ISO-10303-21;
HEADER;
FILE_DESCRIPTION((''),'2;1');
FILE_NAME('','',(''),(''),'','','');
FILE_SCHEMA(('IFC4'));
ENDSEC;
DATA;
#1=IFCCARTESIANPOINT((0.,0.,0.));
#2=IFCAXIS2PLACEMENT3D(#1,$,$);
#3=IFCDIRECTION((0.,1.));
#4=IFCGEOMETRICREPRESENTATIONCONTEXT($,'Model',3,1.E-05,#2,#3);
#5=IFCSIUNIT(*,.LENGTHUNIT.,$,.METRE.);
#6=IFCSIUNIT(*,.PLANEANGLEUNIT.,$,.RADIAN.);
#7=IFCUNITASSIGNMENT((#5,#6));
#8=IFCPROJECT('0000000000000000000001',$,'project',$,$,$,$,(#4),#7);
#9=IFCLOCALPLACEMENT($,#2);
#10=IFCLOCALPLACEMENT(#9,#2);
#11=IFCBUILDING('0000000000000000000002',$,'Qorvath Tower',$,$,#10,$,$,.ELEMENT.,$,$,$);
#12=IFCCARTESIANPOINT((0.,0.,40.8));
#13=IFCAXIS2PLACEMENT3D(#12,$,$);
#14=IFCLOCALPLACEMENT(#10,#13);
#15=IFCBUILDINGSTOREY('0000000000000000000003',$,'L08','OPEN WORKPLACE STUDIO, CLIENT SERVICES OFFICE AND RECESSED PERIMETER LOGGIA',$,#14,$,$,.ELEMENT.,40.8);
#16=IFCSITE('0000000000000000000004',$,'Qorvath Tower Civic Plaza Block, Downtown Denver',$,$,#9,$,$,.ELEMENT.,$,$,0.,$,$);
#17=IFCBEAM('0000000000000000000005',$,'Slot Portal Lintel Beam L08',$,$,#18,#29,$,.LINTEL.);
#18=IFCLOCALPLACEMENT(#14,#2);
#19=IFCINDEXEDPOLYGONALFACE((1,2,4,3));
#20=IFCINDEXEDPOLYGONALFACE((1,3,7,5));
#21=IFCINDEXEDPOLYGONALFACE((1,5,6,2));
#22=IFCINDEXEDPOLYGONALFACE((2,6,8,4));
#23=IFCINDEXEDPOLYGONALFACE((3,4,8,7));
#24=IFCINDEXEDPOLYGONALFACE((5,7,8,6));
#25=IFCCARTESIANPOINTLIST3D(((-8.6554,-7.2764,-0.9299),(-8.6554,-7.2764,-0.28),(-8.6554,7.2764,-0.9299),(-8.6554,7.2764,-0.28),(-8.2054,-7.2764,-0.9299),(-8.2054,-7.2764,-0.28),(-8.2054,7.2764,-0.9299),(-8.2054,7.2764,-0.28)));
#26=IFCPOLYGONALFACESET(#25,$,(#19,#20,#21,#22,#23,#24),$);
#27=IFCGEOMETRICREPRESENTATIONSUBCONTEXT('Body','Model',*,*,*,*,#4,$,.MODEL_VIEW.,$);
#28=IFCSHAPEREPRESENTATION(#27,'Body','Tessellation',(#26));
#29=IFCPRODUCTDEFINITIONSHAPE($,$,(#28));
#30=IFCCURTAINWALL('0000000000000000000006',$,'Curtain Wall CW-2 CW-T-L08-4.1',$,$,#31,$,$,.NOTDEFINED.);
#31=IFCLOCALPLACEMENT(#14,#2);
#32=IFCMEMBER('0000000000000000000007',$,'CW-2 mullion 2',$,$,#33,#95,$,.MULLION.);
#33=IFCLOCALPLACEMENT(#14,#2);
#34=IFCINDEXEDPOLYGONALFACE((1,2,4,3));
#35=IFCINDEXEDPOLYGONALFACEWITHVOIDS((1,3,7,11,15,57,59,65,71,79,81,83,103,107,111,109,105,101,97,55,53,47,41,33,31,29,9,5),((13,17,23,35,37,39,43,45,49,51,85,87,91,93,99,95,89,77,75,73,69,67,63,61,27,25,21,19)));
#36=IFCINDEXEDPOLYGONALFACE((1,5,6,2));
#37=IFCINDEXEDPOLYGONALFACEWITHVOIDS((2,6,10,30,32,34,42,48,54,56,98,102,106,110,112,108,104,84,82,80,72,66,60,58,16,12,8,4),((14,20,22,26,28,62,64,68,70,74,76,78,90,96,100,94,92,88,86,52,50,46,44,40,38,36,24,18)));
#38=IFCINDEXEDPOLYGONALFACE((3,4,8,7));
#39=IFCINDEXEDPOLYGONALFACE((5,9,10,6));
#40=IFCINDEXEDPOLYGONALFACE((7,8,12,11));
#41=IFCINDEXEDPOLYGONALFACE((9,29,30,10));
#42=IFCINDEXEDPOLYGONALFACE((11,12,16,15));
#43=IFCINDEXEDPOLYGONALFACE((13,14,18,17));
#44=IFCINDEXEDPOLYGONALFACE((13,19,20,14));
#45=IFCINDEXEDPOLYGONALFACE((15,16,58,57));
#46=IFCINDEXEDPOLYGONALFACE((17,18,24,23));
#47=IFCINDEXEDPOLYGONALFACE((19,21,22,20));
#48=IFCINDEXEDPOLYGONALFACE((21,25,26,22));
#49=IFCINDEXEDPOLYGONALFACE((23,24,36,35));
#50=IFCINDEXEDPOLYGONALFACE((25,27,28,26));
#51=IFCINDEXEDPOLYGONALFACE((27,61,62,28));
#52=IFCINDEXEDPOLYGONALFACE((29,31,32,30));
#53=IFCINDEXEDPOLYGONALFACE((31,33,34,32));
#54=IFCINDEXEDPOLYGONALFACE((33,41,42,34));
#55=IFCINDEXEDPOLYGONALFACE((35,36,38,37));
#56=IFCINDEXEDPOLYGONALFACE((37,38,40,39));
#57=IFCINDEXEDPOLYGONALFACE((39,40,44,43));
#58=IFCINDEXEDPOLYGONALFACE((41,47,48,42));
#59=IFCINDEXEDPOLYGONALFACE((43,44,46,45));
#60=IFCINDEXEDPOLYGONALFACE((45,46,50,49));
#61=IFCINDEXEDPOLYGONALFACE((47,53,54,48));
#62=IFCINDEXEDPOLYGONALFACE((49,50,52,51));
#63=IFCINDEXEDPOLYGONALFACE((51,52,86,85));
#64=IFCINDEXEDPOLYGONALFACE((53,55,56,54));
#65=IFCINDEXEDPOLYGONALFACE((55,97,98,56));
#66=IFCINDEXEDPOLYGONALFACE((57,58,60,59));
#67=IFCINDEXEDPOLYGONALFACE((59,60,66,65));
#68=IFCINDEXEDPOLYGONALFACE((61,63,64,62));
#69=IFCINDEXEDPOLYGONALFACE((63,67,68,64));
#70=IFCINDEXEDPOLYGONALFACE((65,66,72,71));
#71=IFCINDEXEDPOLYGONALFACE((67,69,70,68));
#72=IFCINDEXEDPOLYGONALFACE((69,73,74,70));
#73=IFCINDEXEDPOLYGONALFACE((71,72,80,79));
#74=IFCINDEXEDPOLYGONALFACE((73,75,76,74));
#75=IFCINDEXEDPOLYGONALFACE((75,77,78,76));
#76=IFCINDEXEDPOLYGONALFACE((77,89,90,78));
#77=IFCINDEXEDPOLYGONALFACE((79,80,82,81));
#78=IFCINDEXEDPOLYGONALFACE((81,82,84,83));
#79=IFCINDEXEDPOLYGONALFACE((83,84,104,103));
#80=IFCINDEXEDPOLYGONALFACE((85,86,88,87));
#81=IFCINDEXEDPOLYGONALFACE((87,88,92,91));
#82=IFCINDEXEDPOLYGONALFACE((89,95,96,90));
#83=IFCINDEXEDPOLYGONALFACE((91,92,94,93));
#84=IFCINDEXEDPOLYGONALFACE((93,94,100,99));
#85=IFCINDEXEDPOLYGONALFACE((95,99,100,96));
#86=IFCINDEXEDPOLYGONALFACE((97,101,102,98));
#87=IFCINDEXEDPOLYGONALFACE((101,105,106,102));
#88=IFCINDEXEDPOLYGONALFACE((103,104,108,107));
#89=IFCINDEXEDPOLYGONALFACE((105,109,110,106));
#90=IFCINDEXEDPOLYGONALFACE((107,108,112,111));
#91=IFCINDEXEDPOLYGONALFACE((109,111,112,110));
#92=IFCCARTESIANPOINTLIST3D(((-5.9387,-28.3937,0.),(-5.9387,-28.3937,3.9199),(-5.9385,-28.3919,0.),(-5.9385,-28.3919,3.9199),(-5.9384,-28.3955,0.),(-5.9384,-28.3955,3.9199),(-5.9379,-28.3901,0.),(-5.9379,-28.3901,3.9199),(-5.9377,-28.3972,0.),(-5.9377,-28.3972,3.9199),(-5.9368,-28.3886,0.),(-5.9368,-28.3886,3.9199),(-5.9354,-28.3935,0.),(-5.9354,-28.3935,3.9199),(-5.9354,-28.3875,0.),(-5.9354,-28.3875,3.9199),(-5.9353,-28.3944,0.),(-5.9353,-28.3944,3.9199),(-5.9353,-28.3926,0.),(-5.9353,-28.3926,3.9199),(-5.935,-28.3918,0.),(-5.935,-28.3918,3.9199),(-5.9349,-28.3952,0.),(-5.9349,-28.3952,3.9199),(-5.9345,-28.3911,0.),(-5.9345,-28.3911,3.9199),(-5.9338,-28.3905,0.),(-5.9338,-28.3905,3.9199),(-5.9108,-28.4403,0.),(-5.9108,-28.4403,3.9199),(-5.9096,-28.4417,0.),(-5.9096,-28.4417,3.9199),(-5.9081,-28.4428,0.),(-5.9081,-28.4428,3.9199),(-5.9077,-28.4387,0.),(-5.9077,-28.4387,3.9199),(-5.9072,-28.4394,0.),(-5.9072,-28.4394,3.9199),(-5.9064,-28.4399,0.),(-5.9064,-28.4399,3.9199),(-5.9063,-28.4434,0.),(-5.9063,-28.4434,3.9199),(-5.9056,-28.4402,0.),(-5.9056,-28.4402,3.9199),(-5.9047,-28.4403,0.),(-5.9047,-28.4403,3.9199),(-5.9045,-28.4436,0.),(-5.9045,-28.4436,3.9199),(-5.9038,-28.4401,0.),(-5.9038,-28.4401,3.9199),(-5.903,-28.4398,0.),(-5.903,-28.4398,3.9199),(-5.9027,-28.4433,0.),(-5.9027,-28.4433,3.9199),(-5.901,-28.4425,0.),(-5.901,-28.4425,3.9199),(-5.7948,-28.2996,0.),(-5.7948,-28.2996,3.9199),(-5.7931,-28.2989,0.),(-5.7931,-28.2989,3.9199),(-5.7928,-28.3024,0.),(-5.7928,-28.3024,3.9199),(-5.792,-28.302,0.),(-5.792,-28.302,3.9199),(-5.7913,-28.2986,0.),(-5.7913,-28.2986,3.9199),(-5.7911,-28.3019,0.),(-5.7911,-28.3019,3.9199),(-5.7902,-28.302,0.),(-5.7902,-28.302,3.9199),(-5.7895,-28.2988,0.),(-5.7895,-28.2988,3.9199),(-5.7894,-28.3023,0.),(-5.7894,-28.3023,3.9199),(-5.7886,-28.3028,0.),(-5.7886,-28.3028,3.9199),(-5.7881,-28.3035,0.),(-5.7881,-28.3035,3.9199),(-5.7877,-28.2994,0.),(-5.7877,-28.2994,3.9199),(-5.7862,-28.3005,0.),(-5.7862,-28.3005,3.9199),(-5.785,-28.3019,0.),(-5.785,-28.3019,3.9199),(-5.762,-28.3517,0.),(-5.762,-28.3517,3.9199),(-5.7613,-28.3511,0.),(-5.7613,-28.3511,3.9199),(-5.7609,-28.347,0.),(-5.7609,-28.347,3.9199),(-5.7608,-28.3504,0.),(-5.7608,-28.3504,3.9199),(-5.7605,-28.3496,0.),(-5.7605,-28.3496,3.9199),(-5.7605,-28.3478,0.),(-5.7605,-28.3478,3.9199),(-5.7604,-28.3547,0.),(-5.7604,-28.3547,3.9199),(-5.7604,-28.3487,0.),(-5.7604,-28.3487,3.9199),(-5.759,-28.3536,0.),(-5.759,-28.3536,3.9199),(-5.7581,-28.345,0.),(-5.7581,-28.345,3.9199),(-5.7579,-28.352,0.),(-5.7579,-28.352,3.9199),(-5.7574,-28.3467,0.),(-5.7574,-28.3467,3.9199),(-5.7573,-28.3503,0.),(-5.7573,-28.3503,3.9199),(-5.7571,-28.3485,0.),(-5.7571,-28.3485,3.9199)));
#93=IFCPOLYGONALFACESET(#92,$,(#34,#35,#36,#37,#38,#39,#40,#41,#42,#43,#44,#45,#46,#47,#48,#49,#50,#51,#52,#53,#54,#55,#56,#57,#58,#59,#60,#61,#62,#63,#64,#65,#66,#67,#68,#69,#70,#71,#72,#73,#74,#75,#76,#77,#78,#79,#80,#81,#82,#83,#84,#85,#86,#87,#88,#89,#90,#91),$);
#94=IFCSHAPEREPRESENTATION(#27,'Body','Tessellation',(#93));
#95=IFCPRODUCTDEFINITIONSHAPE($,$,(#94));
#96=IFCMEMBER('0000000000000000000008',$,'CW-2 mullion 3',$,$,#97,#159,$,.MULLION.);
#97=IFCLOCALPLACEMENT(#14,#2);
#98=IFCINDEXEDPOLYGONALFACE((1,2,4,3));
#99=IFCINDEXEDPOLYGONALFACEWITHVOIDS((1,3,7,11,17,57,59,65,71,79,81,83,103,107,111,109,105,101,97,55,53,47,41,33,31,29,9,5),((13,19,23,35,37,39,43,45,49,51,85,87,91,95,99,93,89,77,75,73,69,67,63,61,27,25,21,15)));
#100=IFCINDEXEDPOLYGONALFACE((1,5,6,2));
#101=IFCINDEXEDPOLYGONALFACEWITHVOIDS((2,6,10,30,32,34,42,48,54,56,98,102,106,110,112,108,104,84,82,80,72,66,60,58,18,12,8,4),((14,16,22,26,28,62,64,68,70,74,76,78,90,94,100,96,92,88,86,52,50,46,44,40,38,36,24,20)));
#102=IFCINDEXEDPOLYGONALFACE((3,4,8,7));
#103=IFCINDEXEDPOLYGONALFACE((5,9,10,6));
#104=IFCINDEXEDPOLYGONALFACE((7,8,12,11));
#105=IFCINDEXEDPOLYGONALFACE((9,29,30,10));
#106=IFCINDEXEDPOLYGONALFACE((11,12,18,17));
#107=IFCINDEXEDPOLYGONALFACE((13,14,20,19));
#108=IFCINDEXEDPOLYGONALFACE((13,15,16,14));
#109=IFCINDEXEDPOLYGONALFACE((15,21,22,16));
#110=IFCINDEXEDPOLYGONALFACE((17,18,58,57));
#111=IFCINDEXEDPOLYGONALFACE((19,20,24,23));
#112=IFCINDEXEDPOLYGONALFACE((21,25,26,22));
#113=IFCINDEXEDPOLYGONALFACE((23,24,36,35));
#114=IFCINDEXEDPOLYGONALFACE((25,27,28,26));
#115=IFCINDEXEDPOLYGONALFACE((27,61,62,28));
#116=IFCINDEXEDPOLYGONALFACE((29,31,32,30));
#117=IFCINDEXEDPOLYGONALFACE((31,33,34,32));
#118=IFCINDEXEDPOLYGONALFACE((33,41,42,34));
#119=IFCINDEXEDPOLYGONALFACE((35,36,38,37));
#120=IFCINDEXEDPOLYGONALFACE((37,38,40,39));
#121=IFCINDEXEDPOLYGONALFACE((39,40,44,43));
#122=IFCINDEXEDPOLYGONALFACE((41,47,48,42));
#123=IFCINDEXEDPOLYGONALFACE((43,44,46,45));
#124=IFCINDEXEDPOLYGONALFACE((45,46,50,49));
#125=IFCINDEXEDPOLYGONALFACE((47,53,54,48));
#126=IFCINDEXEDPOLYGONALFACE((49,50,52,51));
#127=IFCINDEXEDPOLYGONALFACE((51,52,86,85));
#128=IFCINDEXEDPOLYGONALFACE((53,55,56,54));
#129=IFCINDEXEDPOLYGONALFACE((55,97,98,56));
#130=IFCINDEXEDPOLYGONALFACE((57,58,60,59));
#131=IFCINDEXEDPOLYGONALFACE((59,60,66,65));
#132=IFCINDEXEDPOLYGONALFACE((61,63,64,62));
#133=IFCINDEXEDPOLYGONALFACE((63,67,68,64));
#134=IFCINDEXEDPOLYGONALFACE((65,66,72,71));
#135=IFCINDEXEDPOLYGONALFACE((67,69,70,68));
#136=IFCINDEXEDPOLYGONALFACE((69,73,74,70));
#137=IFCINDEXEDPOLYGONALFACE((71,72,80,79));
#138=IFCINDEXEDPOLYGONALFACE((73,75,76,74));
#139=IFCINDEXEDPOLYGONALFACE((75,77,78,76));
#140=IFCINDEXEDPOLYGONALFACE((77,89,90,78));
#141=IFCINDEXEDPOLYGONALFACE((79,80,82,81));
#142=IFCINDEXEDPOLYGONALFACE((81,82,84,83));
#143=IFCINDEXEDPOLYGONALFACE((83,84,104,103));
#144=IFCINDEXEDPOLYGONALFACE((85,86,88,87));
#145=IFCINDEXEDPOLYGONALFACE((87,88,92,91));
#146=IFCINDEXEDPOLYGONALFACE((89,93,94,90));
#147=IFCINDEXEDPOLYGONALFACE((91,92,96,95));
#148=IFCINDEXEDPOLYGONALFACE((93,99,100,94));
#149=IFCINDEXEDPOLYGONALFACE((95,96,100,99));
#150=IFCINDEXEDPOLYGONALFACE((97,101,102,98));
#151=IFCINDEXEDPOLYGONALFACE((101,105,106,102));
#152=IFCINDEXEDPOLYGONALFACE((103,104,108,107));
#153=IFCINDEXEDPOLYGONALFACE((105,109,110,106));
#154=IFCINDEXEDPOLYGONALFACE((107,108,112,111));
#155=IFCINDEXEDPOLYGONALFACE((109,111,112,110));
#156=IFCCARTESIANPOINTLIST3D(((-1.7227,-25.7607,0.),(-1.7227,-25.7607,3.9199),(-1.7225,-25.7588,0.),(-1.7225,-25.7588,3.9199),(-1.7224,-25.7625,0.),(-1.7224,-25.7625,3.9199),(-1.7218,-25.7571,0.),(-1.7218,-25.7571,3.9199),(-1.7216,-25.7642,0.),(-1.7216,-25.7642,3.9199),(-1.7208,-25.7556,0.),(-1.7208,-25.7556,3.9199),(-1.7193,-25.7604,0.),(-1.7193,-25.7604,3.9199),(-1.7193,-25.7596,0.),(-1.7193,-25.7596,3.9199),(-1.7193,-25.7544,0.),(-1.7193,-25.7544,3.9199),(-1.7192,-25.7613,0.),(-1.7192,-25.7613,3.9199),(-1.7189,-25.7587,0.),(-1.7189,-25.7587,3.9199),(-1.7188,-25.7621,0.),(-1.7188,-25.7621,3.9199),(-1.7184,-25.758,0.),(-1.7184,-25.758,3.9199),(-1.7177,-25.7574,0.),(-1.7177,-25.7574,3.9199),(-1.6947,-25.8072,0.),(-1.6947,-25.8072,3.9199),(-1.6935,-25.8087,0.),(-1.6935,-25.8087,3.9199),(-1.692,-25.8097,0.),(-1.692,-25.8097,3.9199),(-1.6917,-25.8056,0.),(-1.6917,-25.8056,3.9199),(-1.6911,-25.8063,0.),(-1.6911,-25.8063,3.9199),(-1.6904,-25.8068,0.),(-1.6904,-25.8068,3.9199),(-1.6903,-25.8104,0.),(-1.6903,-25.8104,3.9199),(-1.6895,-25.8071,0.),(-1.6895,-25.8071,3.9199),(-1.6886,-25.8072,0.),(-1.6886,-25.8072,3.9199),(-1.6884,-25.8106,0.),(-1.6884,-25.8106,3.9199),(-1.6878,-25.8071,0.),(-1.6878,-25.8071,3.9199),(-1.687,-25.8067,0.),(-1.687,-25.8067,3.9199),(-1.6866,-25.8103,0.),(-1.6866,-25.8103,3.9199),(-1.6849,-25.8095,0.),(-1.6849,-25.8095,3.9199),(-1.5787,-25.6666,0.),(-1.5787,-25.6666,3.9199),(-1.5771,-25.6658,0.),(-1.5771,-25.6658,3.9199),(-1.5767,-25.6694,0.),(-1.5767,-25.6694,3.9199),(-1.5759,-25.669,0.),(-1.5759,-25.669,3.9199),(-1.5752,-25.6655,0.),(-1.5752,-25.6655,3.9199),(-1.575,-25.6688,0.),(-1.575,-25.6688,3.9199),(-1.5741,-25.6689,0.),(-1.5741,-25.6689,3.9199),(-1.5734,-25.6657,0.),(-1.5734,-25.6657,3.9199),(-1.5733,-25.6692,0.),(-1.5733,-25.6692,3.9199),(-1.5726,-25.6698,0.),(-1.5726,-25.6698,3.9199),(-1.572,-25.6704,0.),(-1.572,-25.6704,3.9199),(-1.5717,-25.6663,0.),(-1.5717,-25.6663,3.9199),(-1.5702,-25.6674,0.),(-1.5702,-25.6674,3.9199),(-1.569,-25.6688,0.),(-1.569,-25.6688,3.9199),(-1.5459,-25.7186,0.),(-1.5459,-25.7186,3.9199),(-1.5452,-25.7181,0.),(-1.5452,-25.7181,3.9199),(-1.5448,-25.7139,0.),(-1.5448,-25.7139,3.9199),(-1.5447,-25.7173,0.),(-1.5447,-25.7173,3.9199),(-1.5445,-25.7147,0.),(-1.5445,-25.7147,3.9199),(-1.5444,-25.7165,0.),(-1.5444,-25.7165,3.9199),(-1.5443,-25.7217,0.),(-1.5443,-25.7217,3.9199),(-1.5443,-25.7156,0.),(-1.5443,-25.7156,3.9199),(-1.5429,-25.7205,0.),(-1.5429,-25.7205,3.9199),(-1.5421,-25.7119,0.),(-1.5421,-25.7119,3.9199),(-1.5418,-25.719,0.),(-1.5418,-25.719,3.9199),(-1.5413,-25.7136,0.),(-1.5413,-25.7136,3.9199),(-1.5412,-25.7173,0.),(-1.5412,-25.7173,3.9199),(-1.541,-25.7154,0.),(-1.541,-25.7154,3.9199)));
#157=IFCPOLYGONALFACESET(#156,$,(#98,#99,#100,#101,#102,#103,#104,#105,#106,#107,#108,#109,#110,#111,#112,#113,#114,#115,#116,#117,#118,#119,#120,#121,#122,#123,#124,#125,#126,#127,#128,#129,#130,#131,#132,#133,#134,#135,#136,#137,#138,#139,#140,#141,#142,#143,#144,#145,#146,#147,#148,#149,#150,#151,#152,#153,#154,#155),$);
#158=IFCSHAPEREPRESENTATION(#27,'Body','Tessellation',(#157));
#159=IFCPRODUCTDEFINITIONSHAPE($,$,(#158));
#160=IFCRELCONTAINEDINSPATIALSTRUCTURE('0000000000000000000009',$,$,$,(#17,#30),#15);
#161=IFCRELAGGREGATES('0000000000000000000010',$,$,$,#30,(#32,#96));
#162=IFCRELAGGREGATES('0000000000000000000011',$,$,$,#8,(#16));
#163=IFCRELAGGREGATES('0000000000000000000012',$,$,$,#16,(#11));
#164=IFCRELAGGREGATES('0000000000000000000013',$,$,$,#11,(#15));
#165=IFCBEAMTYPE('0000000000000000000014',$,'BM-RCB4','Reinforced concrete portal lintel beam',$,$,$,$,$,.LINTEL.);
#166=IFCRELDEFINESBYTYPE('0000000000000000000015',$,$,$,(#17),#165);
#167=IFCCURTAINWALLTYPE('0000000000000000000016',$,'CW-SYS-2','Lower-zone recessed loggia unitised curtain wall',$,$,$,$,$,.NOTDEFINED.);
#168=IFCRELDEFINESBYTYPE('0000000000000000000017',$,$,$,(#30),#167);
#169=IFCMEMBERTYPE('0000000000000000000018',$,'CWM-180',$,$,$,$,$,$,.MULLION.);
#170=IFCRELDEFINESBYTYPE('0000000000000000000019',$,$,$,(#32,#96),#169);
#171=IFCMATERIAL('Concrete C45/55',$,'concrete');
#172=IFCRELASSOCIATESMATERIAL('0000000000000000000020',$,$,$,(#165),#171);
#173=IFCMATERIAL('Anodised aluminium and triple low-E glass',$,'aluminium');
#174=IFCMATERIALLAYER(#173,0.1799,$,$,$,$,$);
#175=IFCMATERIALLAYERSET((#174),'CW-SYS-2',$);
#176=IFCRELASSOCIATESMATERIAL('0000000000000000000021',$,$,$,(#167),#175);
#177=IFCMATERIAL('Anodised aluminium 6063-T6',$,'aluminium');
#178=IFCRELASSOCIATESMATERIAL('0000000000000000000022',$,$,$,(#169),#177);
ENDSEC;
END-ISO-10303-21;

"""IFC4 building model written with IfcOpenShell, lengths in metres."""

from ifc_helpers import new_model, si_unit, direction, frame, origin, origin_2d, place, context, subcontext, project, spatial, rectangle, hollow_rectangle, extrude, material, layer, layer_set, material_profile, profile_set, type_object, element, aggregate, save


model = new_model("IFC4")

# Units and contexts
model_context = context("Model", 3, precision=1e-05, world=origin(), true_north=direction((0.0, 1.0)))
body_context = subcontext(model_context, "Body", "Model", "MODEL_VIEW")
ifc_project = project(units=[si_unit("LENGTHUNIT", "METRE"), si_unit("PLANEANGLEUNIT", "RADIAN")], contexts=[model_context])

# Site, building, storey
site_placement = place(None, origin())
site = spatial("IfcSite", under=ifc_project, at=site_placement, Name="Qorvath Tower Civic Plaza Block, Downtown Denver", CompositionType="ELEMENT", RefElevation=0.0)
building_placement = place(site_placement, origin())
building = spatial("IfcBuilding", under=site, at=building_placement, Name="Qorvath Tower", CompositionType="ELEMENT")
storey_placement = place(building_placement, frame((0.0, 0.0, 40.8)))
storey = spatial("IfcBuildingStorey", under=building, at=storey_placement, Name="L08", Description="OPEN WORKPLACE STUDIO, CLIENT SERVICES OFFICE AND RECESSED PERIMETER LOGGIA", CompositionType="ELEMENT", Elevation=40.8)

# Beam
ifc_material_1 = material(Name="Concrete C45/55", Category="concrete")
ifc_material_profile_1 = material_profile(ifc_material_1, rectangle(XDim=0.45, YDim=0.6499, at=origin_2d()), Name="RCB 650x450")
ifc_profile_set_1 = profile_set([ifc_material_profile_1], Name="Concrete C45/55")
beam_type = type_object("IfcBeamType", Name="BM-RCB4", Description="Reinforced concrete portal lintel beam", PredefinedType="LINTEL", material=ifc_profile_set_1)
beam_placement = place(storey_placement, frame((-8.4304, -7.2764, -0.605), z_axis=(0.0, 1.0, 0.0), x_axis=(-1.0, 0.0, 0.0)))
element("IfcBeam", 1, at=beam_placement, inside=storey, type_object=beam_type, Name="Slot Portal Lintel Beam L08", PredefinedType="LINTEL", context=body_context, shape_type="SweptSolid", body=[
    extrude(rectangle(XDim=0.45, YDim=0.6499, at=origin_2d()), origin(), (0.0, 0.0, 1.0), 14.5527),
])

# Curtain wall, members
ifc_material_2 = material(Name="Anodised aluminium and triple low-E glass", Category="aluminium")
ifc_layer_1 = layer(ifc_material_2, 0.1799)
ifc_layer_set_1 = layer_set([ifc_layer_1], Name="CW-SYS-2")
curtain_wall_type = type_object("IfcCurtainWallType", Name="CW-SYS-2", Description="Lower-zone recessed loggia unitised curtain wall", PredefinedType="NOTDEFINED", material=ifc_layer_set_1)
curtain_wall_1_placement = place(storey_placement, origin())
curtain_wall_1 = element("IfcCurtainWall", 2, at=curtain_wall_1_placement, inside=storey, type_object=curtain_wall_type, Name="Curtain Wall CW-2 CW-T-L08-4.1", PredefinedType="NOTDEFINED")
ifc_material_3 = material(Name="Anodised aluminium 6063-T6", Category="aluminium")
ifc_material_profile_2 = material_profile(ifc_material_3, hollow_rectangle(XDim=0.0649, YDim=0.1799, WallThickness=0.0034, InnerFilletRadius=0.0034, OuterFilletRadius=0.0071, at=origin_2d()), Name="CWM 180x65")
ifc_profile_set_2 = profile_set([ifc_material_profile_2], Name="Anodised aluminium 6063-T6")
member_type_1 = type_object("IfcMemberType", Name="CWM-180", PredefinedType="MULLION", material=ifc_profile_set_2)
member_1_placement = place(storey_placement, frame((-5.8479, -28.3711, 0.0), z_axis=(0.0, 0.0, 1.0), x_axis=(-0.529724, 0.84817, 0.0)))
member_1 = element("IfcMember", 3, at=member_1_placement, type_object=member_type_1, Name="CW-2 mullion 2", PredefinedType="MULLION", context=body_context, shape_type="SweptSolid", body=[
    extrude(hollow_rectangle(XDim=0.0649, YDim=0.1799, WallThickness=0.0034, InnerFilletRadius=0.0034, OuterFilletRadius=0.0071, at=origin_2d()), origin(), (0.0, 0.0, 1.0), 3.9199),
])
member_2_placement = place(storey_placement, frame((-1.6318, -25.738, 0.0), z_axis=(0.0, 0.0, 1.0), x_axis=(-0.529724, 0.84817, 0.0)))
member_2 = element("IfcMember", 4, at=member_2_placement, type_object=member_type_1, Name="CW-2 mullion 3", PredefinedType="MULLION", context=body_context, shape_type="SweptSolid", body=[
    extrude(hollow_rectangle(XDim=0.0649, YDim=0.1799, WallThickness=0.0034, InnerFilletRadius=0.0034, OuterFilletRadius=0.0071, at=origin_2d()), origin(), (0.0, 0.0, 1.0), 3.9199),
])

aggregate(curtain_wall_1, [member_1, member_2])

save(model, "model.ifc")
